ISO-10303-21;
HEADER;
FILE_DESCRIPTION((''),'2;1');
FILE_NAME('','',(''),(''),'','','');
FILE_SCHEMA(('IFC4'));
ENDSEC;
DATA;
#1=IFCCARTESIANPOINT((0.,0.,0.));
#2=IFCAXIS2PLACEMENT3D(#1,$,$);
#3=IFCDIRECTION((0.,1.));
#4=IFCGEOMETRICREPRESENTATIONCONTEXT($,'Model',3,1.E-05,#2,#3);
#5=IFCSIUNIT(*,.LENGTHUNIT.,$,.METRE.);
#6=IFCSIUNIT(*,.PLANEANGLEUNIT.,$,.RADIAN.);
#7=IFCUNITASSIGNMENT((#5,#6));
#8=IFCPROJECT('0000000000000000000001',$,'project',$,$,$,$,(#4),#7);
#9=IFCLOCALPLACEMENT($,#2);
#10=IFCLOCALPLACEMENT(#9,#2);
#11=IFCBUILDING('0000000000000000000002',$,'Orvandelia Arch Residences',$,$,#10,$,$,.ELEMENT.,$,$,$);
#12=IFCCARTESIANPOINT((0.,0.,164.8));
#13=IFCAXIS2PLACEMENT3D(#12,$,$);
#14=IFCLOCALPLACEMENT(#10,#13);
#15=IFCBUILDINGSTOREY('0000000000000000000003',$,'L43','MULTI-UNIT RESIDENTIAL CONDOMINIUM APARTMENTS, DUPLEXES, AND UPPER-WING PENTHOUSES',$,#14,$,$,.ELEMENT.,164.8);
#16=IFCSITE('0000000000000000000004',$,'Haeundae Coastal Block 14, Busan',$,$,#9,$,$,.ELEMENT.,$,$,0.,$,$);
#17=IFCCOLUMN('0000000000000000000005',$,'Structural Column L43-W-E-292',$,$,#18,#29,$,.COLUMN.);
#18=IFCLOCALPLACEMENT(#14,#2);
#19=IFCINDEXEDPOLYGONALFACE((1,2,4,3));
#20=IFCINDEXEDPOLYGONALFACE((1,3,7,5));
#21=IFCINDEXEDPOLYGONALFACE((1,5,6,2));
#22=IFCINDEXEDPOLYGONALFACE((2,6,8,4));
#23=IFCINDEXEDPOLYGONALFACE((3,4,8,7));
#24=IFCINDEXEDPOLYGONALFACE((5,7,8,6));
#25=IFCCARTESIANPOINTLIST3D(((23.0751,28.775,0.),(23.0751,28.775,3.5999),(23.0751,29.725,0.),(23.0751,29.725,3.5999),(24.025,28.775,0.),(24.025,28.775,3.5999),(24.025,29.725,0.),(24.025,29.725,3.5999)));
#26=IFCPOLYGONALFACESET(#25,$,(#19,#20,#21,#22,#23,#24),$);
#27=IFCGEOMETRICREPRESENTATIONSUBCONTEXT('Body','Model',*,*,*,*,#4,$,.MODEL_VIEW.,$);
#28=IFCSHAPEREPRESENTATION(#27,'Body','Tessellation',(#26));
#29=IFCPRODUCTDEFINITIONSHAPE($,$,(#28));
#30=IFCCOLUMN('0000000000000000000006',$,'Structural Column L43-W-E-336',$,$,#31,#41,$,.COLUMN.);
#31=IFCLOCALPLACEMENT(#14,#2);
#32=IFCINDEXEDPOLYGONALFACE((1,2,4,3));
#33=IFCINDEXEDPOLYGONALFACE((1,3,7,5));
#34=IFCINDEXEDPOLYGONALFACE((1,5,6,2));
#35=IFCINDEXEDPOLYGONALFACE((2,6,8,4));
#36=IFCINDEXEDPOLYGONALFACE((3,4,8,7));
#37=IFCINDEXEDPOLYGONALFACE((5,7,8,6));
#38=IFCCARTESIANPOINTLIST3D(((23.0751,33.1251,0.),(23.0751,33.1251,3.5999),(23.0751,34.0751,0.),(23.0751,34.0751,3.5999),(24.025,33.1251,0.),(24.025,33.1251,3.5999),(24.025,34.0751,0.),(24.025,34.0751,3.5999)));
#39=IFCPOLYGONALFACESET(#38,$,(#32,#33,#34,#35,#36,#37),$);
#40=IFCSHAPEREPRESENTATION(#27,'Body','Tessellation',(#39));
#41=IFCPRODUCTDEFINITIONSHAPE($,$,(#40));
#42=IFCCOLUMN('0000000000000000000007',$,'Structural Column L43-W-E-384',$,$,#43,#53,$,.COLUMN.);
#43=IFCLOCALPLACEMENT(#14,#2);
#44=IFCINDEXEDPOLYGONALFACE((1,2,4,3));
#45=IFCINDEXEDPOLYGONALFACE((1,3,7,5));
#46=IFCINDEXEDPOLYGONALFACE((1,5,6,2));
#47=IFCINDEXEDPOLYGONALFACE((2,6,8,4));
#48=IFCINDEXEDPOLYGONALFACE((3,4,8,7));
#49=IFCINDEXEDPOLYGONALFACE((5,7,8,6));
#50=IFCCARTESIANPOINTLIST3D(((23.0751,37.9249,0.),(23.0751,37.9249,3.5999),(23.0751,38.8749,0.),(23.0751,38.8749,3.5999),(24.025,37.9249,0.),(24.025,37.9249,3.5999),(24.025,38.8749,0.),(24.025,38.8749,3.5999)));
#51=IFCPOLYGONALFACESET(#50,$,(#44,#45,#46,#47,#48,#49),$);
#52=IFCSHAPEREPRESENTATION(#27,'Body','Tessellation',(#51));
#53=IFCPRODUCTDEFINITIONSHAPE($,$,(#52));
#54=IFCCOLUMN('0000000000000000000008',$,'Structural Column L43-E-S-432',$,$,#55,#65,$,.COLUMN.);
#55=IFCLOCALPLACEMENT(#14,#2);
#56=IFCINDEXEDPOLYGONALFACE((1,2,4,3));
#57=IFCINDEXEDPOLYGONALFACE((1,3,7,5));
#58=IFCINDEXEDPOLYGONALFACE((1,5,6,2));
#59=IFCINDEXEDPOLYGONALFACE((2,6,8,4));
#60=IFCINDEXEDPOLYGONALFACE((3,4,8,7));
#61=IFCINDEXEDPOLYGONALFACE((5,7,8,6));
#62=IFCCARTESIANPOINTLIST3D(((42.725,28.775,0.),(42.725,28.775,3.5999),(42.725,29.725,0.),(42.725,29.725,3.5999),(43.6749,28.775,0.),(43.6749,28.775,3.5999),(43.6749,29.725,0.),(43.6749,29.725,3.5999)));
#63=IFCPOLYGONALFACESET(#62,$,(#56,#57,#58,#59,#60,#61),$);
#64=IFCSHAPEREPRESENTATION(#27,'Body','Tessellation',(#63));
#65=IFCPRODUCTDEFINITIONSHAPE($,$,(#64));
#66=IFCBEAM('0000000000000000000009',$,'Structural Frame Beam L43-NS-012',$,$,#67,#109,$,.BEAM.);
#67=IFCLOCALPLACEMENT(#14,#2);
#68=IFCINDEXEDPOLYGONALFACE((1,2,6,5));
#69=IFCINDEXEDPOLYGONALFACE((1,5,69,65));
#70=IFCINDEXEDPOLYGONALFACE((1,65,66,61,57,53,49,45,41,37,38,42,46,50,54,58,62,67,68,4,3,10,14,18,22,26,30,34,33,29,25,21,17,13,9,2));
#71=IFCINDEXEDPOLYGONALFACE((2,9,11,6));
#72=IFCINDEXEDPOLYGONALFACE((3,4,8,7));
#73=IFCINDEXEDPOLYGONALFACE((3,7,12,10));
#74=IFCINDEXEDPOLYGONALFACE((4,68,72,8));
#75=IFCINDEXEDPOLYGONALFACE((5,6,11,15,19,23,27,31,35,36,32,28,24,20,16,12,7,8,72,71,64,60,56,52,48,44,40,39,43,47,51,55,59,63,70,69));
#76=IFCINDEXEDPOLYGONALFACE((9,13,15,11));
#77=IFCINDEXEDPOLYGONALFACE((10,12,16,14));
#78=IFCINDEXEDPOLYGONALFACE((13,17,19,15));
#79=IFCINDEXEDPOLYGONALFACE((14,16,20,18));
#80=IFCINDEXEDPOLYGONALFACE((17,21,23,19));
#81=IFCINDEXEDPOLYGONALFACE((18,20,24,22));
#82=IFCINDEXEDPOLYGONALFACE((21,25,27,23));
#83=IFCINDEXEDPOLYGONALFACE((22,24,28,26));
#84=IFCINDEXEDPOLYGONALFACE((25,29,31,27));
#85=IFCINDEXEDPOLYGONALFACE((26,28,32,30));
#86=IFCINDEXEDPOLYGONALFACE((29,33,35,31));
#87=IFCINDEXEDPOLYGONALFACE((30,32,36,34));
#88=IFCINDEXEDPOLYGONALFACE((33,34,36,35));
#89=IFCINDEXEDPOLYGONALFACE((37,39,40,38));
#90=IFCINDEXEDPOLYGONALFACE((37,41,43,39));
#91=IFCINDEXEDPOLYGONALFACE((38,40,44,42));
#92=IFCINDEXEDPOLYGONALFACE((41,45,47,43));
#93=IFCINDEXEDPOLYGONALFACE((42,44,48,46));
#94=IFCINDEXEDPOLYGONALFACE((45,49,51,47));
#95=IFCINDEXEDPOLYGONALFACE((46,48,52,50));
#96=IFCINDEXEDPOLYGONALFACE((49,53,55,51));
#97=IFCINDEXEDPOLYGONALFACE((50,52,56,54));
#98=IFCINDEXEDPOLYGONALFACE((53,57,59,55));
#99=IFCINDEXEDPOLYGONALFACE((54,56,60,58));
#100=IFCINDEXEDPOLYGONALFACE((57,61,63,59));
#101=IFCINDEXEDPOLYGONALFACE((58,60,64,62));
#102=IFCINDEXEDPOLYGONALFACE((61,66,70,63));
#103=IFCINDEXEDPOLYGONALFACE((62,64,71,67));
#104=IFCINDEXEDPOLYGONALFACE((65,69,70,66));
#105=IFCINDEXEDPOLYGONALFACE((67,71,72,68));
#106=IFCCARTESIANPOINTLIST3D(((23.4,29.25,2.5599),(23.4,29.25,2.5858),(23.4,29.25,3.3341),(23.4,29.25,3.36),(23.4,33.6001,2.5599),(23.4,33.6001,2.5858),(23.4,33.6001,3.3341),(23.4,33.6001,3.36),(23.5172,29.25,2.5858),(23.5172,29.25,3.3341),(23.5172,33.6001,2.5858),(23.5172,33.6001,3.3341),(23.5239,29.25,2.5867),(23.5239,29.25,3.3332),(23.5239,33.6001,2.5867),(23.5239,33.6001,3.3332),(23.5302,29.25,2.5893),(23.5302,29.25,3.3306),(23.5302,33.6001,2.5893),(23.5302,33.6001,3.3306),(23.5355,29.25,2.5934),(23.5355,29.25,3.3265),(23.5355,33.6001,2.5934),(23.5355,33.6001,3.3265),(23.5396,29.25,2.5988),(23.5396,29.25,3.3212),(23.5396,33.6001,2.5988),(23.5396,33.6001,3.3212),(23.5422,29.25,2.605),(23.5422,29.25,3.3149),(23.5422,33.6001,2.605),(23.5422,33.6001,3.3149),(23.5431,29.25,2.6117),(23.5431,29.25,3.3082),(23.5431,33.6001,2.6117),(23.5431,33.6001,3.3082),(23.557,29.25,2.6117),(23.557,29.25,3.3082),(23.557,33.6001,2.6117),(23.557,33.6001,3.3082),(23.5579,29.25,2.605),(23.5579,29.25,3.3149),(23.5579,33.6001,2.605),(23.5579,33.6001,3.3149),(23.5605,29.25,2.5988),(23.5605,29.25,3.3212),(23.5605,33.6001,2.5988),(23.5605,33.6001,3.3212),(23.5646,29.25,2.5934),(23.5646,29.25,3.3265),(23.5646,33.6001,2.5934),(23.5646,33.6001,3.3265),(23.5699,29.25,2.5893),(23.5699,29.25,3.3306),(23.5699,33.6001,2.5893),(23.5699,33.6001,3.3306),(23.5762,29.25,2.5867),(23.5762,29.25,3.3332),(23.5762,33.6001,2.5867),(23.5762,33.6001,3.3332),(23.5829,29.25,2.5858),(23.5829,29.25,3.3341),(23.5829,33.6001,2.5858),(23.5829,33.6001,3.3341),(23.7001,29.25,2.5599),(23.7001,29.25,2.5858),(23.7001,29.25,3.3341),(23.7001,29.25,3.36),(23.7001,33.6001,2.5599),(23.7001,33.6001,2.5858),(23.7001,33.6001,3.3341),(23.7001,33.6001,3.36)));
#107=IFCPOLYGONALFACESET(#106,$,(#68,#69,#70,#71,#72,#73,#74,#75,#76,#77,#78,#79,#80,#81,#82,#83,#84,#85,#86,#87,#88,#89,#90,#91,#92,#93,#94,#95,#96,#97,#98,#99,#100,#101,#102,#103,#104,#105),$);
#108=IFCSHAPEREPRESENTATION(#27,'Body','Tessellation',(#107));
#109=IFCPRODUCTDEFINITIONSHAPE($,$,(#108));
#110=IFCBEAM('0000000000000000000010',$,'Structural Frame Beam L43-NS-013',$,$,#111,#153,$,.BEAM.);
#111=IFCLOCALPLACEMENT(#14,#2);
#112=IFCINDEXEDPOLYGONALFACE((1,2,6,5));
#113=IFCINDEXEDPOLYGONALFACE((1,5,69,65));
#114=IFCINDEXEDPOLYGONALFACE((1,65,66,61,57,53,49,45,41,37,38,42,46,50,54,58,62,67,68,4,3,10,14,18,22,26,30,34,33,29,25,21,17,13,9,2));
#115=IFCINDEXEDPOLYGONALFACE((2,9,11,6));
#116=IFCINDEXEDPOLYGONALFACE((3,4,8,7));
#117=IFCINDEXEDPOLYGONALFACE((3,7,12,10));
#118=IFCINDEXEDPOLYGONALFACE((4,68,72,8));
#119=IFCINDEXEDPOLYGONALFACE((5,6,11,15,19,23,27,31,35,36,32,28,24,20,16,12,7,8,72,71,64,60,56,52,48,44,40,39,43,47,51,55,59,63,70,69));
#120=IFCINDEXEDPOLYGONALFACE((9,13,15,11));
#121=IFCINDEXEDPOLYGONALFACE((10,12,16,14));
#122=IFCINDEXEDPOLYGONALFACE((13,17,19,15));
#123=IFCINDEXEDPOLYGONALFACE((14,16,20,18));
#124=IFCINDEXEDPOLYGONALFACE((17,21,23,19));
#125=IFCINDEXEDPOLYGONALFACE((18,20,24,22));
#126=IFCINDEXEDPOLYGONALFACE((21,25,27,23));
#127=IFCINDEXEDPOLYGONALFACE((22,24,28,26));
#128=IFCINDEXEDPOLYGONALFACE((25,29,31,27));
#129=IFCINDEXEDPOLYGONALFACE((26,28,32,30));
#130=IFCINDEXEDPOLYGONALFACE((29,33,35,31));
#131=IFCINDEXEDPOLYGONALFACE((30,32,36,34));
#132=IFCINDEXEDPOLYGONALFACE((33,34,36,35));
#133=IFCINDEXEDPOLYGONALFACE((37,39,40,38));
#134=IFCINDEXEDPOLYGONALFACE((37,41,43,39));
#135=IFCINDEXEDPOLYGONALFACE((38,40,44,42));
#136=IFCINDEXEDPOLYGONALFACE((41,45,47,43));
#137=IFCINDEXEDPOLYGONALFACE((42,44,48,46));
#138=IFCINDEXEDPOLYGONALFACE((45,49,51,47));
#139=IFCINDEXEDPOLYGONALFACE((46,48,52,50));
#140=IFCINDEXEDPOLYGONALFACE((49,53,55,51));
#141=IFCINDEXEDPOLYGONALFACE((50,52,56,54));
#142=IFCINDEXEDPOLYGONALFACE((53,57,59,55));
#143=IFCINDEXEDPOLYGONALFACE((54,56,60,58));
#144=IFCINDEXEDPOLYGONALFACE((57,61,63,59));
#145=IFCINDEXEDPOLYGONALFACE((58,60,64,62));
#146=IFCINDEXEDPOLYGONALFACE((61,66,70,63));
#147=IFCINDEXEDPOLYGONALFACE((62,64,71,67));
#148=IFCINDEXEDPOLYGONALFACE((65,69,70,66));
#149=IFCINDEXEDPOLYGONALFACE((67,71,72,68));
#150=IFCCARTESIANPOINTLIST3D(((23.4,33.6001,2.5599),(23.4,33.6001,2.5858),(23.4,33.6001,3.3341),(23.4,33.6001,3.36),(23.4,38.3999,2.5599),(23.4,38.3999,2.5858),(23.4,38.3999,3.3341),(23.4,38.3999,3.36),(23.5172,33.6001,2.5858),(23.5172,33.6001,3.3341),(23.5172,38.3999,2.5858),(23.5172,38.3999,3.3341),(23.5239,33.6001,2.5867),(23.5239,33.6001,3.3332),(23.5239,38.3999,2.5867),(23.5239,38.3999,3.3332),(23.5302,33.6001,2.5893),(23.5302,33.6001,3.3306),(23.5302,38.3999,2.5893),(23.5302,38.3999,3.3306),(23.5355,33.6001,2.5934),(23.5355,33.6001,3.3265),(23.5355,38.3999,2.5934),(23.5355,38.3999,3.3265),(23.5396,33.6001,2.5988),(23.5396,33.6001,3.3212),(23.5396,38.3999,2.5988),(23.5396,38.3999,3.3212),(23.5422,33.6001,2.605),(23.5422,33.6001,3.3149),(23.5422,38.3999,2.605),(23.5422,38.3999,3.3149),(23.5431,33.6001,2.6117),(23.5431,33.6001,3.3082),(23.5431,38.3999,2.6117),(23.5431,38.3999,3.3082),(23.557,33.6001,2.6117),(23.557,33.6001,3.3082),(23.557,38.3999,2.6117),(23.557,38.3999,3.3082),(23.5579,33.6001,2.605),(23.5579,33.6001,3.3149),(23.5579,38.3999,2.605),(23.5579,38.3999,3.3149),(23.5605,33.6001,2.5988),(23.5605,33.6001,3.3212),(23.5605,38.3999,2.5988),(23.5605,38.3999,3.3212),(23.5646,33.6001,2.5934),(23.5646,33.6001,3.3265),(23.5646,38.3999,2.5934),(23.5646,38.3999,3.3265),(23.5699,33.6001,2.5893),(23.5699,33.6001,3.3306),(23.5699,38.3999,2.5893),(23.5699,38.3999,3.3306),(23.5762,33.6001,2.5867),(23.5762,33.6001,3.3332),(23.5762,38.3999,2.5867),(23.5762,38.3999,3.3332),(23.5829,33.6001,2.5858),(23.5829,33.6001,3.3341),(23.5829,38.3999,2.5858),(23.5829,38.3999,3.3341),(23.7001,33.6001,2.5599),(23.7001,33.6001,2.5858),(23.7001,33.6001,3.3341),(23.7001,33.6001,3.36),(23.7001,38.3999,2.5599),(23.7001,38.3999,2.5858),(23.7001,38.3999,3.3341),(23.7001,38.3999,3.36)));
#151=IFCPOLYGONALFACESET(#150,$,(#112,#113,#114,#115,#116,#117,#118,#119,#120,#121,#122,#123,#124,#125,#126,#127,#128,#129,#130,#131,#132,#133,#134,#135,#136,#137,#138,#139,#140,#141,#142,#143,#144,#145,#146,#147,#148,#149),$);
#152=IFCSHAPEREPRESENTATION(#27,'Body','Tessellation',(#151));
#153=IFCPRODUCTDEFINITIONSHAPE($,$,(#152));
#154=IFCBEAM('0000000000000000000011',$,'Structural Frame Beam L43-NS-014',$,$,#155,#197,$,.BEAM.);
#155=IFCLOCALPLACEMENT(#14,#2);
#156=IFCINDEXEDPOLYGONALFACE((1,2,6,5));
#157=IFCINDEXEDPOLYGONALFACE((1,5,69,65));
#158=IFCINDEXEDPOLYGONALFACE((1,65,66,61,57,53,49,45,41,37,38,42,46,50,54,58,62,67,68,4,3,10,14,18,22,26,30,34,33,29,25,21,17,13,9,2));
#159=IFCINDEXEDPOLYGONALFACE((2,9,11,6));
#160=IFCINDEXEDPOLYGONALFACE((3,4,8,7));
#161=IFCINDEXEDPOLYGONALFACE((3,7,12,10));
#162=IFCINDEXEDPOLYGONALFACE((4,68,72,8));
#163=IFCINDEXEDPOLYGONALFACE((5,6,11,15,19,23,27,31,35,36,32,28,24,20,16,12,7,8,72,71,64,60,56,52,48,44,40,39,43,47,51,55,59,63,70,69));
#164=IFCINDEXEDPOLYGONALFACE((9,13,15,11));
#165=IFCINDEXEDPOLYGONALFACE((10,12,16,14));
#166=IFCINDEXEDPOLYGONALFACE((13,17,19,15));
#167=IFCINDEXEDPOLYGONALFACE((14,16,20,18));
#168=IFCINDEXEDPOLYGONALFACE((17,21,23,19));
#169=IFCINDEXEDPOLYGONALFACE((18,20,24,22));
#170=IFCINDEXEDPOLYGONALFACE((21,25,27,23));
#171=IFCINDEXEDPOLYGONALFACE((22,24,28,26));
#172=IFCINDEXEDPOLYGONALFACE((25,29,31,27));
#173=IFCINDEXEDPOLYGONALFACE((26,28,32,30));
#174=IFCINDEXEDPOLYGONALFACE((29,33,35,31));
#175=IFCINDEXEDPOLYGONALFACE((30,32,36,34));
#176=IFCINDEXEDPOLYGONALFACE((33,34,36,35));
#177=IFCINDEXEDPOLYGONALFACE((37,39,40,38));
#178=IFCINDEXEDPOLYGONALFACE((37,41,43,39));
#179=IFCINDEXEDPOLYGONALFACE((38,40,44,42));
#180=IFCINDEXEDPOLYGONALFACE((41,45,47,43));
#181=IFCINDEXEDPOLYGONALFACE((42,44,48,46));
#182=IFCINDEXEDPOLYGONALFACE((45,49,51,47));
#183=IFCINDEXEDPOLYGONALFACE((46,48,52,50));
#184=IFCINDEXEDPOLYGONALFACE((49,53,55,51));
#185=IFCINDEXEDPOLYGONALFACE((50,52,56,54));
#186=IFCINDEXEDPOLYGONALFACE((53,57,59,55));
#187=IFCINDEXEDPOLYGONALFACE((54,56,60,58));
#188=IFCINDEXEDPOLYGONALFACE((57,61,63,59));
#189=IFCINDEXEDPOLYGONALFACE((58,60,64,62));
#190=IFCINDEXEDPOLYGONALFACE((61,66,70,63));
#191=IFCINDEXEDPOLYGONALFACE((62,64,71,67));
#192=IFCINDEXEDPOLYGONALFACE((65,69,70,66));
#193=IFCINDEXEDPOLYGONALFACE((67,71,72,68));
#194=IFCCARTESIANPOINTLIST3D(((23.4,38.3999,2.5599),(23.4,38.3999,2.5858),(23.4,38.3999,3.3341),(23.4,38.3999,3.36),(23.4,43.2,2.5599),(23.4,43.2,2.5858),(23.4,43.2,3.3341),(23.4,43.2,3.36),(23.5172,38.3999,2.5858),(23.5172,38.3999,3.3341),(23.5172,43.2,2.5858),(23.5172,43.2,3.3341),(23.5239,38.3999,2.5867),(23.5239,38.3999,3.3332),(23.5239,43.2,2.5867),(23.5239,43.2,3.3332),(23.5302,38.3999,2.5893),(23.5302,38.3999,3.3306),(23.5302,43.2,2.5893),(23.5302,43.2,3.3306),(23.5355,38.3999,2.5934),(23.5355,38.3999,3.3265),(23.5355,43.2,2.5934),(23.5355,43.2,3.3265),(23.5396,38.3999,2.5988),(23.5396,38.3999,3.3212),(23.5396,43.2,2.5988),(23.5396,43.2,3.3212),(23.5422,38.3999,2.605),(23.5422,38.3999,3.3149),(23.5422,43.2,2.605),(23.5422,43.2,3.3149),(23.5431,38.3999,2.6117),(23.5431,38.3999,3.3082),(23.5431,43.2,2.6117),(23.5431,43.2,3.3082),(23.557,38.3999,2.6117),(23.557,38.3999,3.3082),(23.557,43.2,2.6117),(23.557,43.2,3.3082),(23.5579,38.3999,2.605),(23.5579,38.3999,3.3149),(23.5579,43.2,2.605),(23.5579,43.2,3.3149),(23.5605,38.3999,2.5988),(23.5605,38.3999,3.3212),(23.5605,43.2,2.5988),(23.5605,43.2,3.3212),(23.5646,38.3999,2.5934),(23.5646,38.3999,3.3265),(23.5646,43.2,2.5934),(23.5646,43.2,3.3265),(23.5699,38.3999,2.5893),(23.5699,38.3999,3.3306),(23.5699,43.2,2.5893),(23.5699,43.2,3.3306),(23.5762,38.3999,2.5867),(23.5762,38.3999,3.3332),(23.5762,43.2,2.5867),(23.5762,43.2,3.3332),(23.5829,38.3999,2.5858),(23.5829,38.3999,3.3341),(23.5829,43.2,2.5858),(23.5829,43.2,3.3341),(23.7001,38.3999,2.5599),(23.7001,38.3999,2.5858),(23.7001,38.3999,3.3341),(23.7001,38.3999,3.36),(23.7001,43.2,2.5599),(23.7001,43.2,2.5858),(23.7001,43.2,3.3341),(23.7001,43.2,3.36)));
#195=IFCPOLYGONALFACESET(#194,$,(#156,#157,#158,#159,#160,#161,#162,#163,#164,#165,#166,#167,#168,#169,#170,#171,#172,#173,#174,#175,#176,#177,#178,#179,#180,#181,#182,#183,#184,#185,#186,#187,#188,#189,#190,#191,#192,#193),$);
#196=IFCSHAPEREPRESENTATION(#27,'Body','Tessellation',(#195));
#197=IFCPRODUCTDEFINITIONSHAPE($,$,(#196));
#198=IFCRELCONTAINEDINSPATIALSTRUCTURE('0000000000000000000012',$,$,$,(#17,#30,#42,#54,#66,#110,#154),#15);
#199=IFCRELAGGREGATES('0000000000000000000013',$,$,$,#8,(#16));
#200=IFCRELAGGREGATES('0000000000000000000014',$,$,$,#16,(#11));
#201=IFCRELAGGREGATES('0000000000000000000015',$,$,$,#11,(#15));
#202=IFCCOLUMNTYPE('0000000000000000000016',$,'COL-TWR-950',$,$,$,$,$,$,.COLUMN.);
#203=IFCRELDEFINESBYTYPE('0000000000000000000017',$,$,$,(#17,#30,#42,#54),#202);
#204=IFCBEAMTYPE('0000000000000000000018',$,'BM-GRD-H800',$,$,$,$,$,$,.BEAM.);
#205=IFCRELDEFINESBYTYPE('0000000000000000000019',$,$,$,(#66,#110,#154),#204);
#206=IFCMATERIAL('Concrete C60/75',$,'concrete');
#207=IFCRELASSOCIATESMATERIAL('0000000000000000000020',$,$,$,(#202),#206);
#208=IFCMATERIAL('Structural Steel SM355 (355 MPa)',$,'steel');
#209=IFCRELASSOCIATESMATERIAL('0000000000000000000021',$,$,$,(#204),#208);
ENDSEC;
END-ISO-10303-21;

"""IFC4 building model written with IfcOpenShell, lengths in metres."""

from ifc_helpers import new_model, si_unit, direction, frame, origin, origin_2d, place, context, subcontext, project, spatial, rectangle, i_section, extrude, material, material_profile, profile_set, type_object, element, save


model = new_model("IFC4")

# Units and contexts
model_context = context("Model", 3, precision=1e-05, world=origin(), true_north=direction((0.0, 1.0)))
body_context = subcontext(model_context, "Body", "Model", "MODEL_VIEW")
ifc_project = project(units=[si_unit("LENGTHUNIT", "METRE"), si_unit("PLANEANGLEUNIT", "RADIAN")], contexts=[model_context])

# Site, building, storey
site_placement = place(None, origin())
site = spatial("IfcSite", under=ifc_project, at=site_placement, Name="Haeundae Coastal Block 14, Busan", CompositionType="ELEMENT", RefElevation=0.0)
building_placement = place(site_placement, origin())
building = spatial("IfcBuilding", under=site, at=building_placement, Name="Orvandelia Arch Residences", CompositionType="ELEMENT")
storey_placement = place(building_placement, frame((0.0, 0.0, 164.8)))
storey = spatial("IfcBuildingStorey", under=building, at=storey_placement, Name="L43", Description="MULTI-UNIT RESIDENTIAL CONDOMINIUM APARTMENTS, DUPLEXES, AND UPPER-WING PENTHOUSES", CompositionType="ELEMENT", Elevation=164.8)

# Columns
ifc_material_1 = material(Name="Concrete C60/75", Category="concrete")
ifc_material_profile_1 = material_profile(ifc_material_1, rectangle(XDim=0.95, YDim=0.95, at=origin_2d()), Name="Concrete C60/75", Category="concrete")
ifc_profile_set_1 = profile_set([ifc_material_profile_1], Name="Concrete C60/75")
column_type = type_object("IfcColumnType", Name="COL-TWR-950", PredefinedType="COLUMN", material=ifc_profile_set_1)
for number, where, z_axis, x_axis, name in (
    (1, (23.55, 29.25, 0.0), (0.0, 0.0, 1.0), (1.0, 0.0, 0.0), "Structural Column L43-W-E-292"),
    (2, (23.55, 33.6001, 0.0), (0.0, 0.0, 1.0), (1.0, 0.0, 0.0), "Structural Column L43-W-E-336"),
    (3, (23.55, 38.3999, 0.0), (0.0, 0.0, 1.0), (1.0, 0.0, 0.0), "Structural Column L43-W-E-384"),
    (4, (43.2, 29.25, 0.0), (0.0, 0.0, 1.0), (1.0, 0.0, 0.0), "Structural Column L43-E-S-432"),
):
    element("IfcColumn", number, at=place(storey_placement, frame(where, z_axis=z_axis, x_axis=x_axis)), inside=storey, type_object=column_type, Name=name, PredefinedType="COLUMN", context=body_context, shape_type="SweptSolid", body=[
        extrude(rectangle(XDim=0.95, YDim=0.95, at=origin_2d()), origin(), (0.0, 0.0, 1.0), 3.5999),
    ])

# Beams
ifc_material_2 = material(Name="Structural Steel SM355 (355 MPa)", Category="steel")
ifc_material_profile_2 = material_profile(ifc_material_2, i_section(OverallWidth=0.3, OverallDepth=0.8, WebThickness=0.0139, FlangeThickness=0.0259, FilletRadius=0.0259, at=origin_2d()), Name="Structural Steel SM355 (355 MPa)", Category="steel")
ifc_profile_set_2 = profile_set([ifc_material_profile_2], Name="Structural Steel SM355 (355 MPa)")
beam_type = type_object("IfcBeamType", Name="BM-GRD-H800", PredefinedType="BEAM", material=ifc_profile_set_2)
beam_1_placement = place(storey_placement, frame((23.55, 29.25, 2.96), z_axis=(0.0, 1.0, 0.0), x_axis=(-1.0, 0.0, 0.0)))
element("IfcBeam", 5, at=beam_1_placement, inside=storey, type_object=beam_type, Name="Structural Frame Beam L43-NS-012", PredefinedType="BEAM", context=body_context, shape_type="SweptSolid", body=[
    extrude(i_section(OverallWidth=0.3, OverallDepth=0.8, WebThickness=0.0139, FlangeThickness=0.0259, FilletRadius=0.0259, at=origin_2d()), origin(), (0.0, 0.0, 1.0), 4.3501),
])
beam_2_placement = place(storey_placement, frame((23.55, 33.6001, 2.96), z_axis=(0.0, 1.0, 0.0), x_axis=(-1.0, 0.0, 0.0)))
element("IfcBeam", 6, at=beam_2_placement, inside=storey, type_object=beam_type, Name="Structural Frame Beam L43-NS-013", PredefinedType="BEAM", context=body_context, shape_type="SweptSolid", body=[
    extrude(i_section(OverallWidth=0.3, OverallDepth=0.8, WebThickness=0.0139, FlangeThickness=0.0259, FilletRadius=0.0259, at=origin_2d()), origin(), (0.0, 0.0, 1.0), 4.7998),
])
beam_3_placement = place(storey_placement, frame((23.55, 38.3999, 2.96), z_axis=(0.0, 1.0, 0.0), x_axis=(-1.0, 0.0, 0.0)))
element("IfcBeam", 7, at=beam_3_placement, inside=storey, type_object=beam_type, Name="Structural Frame Beam L43-NS-014", PredefinedType="BEAM", context=body_context, shape_type="SweptSolid", body=[
    extrude(i_section(OverallWidth=0.3, OverallDepth=0.8, WebThickness=0.0139, FlangeThickness=0.0259, FilletRadius=0.0259, at=origin_2d()), origin(), (0.0, 0.0, 1.0), 4.8),
])

save(model, "model.ifc")
